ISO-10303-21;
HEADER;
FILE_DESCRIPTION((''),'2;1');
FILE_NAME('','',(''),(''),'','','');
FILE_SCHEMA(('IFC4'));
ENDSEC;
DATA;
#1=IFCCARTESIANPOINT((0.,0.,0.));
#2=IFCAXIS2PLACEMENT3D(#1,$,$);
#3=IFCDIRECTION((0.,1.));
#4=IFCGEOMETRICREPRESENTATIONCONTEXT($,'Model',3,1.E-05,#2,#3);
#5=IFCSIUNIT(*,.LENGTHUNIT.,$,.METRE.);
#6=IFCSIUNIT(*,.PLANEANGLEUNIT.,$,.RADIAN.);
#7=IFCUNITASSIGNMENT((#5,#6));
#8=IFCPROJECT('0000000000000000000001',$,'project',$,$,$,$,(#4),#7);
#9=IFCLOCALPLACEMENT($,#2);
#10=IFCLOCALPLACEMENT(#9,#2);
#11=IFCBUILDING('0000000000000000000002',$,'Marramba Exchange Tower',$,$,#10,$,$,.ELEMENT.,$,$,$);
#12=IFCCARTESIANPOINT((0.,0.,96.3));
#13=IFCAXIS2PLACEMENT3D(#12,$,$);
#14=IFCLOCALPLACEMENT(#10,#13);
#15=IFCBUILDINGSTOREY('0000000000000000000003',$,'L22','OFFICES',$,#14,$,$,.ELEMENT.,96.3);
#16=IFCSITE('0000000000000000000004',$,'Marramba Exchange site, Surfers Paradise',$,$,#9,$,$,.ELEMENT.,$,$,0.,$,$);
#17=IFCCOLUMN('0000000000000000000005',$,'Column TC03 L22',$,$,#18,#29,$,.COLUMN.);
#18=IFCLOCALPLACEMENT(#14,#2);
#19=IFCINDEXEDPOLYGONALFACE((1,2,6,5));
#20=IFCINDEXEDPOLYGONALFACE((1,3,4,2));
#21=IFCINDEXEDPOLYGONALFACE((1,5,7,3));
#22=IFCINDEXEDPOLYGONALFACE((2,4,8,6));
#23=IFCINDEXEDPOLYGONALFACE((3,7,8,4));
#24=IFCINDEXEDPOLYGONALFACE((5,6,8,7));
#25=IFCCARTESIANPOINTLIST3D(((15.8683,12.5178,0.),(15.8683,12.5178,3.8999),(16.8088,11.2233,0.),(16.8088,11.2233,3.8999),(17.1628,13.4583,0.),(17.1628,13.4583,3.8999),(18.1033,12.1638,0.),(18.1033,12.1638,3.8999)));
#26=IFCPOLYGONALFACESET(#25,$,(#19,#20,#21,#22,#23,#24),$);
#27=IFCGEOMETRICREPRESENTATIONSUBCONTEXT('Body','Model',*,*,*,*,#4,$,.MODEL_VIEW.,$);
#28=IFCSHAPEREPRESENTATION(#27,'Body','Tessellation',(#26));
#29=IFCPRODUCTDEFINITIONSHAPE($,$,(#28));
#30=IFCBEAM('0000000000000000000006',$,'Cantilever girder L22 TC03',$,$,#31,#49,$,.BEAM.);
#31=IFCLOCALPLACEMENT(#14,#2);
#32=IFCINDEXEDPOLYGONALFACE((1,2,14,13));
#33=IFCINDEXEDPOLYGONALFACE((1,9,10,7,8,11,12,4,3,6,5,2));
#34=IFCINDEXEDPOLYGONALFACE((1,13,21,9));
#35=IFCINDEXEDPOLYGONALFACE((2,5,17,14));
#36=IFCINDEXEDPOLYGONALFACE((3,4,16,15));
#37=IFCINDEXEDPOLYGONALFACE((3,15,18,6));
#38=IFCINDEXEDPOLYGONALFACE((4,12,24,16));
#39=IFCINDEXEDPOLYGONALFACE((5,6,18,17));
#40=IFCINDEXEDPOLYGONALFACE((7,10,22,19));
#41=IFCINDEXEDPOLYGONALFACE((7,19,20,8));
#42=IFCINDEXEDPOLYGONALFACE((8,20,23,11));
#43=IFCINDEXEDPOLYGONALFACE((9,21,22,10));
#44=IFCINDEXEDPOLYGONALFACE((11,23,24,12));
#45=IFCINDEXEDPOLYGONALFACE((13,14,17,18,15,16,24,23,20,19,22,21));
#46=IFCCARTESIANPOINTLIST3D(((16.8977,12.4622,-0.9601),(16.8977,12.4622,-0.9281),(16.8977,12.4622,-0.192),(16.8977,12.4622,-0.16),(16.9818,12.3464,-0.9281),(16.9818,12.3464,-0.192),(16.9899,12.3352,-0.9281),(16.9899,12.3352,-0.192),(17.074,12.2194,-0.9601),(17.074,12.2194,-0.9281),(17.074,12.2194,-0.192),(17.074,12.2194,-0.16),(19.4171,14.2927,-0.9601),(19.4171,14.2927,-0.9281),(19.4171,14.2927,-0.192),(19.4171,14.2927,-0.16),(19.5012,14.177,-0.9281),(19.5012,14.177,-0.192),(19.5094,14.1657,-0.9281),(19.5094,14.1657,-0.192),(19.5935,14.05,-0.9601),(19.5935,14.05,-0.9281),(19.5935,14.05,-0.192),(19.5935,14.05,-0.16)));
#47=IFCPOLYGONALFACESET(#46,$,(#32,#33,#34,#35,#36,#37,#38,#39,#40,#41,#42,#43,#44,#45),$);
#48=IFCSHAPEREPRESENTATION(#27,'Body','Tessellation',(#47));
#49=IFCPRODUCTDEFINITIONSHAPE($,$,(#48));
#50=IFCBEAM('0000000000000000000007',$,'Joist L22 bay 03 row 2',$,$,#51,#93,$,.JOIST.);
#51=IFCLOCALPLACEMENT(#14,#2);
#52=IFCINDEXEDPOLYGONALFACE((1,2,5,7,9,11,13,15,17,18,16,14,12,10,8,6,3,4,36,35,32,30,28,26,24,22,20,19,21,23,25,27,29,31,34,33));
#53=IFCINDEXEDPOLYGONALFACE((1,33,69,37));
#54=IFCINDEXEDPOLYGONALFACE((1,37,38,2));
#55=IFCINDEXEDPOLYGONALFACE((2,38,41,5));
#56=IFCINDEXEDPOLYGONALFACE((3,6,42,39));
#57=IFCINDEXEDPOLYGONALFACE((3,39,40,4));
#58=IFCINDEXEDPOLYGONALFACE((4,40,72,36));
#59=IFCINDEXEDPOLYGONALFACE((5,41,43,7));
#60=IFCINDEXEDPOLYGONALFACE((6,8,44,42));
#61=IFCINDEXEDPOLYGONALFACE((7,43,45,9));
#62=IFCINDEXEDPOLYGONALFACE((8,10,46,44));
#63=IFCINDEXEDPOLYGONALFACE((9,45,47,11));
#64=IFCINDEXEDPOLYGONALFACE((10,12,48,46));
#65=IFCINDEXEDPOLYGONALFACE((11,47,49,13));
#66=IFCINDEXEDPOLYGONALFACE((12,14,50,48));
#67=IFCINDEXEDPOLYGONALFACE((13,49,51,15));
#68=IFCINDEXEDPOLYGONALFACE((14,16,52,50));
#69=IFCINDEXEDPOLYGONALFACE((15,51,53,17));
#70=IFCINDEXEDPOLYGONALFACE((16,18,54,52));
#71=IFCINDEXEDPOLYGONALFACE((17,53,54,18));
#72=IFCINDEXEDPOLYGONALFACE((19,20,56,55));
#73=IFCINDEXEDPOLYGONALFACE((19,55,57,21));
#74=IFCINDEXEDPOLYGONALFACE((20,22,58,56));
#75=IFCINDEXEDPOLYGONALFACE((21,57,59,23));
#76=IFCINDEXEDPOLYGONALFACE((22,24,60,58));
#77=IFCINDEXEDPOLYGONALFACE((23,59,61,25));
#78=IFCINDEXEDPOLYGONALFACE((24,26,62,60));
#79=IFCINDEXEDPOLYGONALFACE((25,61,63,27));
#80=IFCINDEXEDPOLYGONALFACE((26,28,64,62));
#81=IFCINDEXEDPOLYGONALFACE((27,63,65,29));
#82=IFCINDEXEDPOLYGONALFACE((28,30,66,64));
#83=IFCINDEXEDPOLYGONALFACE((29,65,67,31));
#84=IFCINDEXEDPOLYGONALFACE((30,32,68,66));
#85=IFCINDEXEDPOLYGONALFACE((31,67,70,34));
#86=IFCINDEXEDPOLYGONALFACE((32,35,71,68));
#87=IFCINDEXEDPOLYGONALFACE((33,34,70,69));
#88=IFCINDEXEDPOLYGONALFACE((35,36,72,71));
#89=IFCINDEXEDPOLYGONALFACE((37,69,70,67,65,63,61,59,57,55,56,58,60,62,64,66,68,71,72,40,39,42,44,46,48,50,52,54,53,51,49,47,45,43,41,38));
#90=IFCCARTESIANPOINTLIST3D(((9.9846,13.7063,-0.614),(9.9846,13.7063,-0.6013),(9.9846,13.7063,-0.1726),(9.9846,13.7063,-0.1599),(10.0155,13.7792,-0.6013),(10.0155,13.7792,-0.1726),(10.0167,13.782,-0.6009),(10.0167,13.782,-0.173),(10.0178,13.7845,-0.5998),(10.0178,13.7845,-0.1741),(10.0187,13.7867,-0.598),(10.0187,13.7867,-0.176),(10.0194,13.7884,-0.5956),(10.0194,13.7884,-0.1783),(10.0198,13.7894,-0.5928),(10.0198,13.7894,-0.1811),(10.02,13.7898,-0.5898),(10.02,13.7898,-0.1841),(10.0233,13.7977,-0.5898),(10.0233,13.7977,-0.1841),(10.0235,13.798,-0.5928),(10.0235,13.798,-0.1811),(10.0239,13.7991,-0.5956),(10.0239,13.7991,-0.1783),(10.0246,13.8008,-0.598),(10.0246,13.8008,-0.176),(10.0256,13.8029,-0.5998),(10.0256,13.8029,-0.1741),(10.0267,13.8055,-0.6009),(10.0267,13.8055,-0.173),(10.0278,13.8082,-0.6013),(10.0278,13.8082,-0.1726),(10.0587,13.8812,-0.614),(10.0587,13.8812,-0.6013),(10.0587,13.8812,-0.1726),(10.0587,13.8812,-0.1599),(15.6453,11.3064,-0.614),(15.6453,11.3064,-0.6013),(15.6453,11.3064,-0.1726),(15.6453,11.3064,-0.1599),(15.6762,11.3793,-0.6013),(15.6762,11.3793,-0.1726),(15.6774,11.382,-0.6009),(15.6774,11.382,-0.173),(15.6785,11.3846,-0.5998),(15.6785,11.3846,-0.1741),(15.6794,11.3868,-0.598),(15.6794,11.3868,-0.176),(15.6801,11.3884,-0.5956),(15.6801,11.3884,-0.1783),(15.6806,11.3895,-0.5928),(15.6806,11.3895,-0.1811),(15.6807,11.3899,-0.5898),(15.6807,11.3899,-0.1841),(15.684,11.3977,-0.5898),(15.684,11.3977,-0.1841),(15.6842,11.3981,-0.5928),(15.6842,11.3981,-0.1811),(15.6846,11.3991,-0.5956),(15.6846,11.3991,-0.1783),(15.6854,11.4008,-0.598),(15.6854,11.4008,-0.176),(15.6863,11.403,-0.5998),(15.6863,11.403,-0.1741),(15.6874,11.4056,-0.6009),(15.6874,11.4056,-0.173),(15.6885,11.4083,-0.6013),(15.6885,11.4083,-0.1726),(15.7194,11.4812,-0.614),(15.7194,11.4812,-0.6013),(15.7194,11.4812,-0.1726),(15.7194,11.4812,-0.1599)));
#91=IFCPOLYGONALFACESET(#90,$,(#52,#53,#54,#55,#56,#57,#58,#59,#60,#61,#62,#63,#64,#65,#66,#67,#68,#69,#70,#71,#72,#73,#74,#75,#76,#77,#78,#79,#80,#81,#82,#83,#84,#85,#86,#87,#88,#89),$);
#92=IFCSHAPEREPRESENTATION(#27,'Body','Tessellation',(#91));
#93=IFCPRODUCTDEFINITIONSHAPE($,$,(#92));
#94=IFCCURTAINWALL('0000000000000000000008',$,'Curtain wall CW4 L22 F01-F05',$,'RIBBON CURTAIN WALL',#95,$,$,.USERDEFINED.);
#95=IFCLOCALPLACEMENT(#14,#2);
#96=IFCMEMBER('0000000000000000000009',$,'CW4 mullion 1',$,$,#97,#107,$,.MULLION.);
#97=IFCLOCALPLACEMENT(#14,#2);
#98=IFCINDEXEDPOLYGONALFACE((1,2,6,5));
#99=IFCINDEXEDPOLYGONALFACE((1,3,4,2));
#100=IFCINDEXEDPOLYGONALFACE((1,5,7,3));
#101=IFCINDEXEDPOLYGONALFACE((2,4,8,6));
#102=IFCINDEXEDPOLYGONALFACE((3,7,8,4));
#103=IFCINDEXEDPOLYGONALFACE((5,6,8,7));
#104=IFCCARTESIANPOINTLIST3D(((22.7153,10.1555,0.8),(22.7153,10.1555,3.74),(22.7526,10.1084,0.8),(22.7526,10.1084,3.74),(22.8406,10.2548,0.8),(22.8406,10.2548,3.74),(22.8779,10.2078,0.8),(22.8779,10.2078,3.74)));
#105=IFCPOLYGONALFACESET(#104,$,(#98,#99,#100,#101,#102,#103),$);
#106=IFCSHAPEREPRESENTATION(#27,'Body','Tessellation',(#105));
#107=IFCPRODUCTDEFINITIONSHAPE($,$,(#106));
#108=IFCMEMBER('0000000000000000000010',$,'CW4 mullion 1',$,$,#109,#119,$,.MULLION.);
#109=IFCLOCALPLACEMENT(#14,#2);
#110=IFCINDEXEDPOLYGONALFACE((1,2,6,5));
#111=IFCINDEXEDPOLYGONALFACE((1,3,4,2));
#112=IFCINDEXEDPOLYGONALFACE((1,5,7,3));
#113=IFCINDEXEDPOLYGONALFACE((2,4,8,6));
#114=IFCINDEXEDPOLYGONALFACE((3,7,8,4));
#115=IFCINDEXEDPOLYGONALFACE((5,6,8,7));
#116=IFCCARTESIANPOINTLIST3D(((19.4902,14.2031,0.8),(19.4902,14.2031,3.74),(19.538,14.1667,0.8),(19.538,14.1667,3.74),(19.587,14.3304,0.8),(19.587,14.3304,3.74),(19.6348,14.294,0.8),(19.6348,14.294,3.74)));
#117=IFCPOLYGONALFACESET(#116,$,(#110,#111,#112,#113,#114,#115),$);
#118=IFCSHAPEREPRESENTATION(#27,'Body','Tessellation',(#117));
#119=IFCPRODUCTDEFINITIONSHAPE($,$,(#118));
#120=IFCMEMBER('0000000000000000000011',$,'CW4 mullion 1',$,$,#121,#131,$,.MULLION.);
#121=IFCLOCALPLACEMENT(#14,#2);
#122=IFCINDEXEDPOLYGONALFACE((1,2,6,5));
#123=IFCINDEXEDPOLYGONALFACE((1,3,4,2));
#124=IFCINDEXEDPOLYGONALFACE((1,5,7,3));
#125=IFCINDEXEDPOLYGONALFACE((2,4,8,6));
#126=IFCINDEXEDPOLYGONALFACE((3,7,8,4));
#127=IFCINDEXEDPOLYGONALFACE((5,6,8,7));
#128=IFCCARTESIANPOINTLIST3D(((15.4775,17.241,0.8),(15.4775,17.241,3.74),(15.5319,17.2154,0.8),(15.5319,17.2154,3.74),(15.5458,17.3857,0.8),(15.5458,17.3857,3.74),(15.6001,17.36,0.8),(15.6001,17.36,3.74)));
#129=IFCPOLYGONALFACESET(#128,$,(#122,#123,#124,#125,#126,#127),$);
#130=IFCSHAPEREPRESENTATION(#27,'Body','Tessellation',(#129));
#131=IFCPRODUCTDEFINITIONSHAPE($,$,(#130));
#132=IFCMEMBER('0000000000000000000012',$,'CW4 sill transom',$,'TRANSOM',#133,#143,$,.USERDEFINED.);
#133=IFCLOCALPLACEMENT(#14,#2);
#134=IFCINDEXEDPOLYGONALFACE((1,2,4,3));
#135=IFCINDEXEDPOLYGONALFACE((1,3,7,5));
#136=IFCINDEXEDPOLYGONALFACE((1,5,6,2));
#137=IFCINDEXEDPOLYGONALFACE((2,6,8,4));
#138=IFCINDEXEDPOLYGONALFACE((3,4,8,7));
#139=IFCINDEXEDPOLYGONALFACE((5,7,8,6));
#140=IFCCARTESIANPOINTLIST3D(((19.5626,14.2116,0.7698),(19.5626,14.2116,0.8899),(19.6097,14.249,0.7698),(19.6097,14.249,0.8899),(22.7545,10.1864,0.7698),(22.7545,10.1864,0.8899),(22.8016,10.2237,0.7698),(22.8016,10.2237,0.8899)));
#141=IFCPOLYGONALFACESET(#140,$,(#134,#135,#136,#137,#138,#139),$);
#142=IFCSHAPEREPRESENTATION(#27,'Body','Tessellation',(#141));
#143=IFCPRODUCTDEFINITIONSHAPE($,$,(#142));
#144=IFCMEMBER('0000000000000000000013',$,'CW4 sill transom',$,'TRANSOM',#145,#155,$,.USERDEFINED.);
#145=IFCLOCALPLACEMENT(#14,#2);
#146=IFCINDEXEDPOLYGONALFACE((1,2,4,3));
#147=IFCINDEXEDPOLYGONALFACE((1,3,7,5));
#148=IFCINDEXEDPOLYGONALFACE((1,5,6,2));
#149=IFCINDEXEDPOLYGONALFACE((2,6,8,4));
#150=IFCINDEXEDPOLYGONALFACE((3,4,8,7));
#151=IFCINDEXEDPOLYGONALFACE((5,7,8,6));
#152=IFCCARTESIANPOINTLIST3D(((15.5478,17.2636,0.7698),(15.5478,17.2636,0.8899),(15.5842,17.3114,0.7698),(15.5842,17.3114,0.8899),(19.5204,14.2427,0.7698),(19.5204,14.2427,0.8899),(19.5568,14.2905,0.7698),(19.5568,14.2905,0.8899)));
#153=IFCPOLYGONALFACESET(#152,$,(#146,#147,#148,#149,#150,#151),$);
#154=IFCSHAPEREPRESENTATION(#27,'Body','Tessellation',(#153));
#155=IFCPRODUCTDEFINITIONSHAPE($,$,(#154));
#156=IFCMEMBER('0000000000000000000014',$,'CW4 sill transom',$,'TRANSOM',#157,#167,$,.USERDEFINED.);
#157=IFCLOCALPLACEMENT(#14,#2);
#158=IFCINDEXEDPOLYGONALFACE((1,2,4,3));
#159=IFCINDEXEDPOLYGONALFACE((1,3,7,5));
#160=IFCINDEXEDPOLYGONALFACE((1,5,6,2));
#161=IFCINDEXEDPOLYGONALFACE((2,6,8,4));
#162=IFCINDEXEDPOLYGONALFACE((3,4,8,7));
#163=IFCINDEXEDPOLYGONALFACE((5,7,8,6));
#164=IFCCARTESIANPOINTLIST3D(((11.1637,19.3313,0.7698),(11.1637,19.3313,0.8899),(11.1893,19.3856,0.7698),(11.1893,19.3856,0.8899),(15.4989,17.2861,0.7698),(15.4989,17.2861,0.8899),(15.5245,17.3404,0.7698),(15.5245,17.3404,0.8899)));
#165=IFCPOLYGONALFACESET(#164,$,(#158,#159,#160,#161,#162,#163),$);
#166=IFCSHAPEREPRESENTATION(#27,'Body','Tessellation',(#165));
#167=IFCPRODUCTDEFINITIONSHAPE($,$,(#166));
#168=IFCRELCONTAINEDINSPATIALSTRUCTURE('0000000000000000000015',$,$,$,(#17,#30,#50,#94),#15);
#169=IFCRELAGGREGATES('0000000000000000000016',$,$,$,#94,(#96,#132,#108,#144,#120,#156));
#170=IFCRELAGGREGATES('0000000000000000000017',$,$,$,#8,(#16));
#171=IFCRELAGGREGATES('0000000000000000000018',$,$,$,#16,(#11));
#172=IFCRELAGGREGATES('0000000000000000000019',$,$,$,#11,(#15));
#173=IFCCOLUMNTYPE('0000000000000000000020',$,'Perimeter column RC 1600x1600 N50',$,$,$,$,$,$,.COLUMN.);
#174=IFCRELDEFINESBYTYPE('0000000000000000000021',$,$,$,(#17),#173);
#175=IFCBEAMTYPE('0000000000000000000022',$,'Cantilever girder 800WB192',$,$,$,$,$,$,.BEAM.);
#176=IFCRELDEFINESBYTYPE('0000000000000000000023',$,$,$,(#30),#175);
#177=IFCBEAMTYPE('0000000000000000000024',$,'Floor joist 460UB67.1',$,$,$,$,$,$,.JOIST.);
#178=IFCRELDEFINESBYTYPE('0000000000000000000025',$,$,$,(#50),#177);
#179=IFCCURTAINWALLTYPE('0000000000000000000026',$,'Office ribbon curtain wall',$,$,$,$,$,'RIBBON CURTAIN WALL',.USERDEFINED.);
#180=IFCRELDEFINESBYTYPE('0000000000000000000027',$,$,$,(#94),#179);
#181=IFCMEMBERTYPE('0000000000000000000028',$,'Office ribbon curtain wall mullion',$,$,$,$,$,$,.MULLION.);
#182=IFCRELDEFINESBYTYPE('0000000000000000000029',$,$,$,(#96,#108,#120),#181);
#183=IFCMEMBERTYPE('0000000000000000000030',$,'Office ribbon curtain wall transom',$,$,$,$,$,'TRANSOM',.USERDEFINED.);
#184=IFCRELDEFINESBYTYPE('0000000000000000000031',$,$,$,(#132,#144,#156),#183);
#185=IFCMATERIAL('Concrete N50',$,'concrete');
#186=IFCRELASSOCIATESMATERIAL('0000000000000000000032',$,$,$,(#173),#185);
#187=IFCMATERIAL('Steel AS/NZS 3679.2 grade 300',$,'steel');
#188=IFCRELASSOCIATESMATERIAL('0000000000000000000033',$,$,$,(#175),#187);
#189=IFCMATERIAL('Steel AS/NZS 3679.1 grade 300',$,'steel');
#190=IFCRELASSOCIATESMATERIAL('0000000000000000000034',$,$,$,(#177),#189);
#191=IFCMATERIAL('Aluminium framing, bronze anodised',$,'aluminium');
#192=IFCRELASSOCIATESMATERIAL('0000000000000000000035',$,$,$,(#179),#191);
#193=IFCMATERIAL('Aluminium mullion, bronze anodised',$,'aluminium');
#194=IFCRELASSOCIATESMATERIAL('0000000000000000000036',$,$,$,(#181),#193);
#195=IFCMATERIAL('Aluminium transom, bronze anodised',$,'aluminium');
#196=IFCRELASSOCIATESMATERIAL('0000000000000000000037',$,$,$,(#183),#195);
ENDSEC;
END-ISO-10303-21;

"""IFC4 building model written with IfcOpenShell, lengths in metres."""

from ifc_helpers import new_model, si_unit, direction, frame, origin, origin_2d, place, context, subcontext, project, spatial, rectangle, i_section, extrude, material, material_profile, profile_set, type_object, element, aggregate, save


model = new_model("IFC4")

# Units and contexts
model_context = context("Model", 3, precision=1e-05, world=origin(), true_north=direction((0.0, 1.0)))
body_context = subcontext(model_context, "Body", "Model", "MODEL_VIEW")
ifc_project = project(units=[si_unit("LENGTHUNIT", "METRE"), si_unit("PLANEANGLEUNIT", "RADIAN")], contexts=[model_context])

# Site, building, storey
site_placement = place(None, origin())
site = spatial("IfcSite", under=ifc_project, at=site_placement, Name="Marramba Exchange site, Surfers Paradise", CompositionType="ELEMENT", RefElevation=0.0)
building_placement = place(site_placement, origin())
building = spatial("IfcBuilding", under=site, at=building_placement, Name="Marramba Exchange Tower", CompositionType="ELEMENT")
storey_placement = place(building_placement, frame((0.0, 0.0, 96.3)))
storey = spatial("IfcBuildingStorey", under=building, at=storey_placement, Name="L22", Description="OFFICES", CompositionType="ELEMENT", Elevation=96.3)

# Column
ifc_material_1 = material(Name="Concrete N50", Category="concrete")
ifc_material_profile_1 = material_profile(ifc_material_1, rectangle(XDim=1.6001, YDim=1.6001, at=origin_2d()), Name="RC 1600x1600")
ifc_profile_set_1 = profile_set([ifc_material_profile_1], Name="Concrete N50")
column_type = type_object("IfcColumnType", Name="Perimeter column RC 1600x1600 N50", PredefinedType="COLUMN", material=ifc_profile_set_1)
column_placement = place(storey_placement, frame((16.9858, 12.3408, 0.0), z_axis=(0.0, 0.0, 1.0), x_axis=(0.809017, 0.587785, 0.0)))
element("IfcColumn", 1, at=column_placement, inside=storey, type_object=column_type, Name="Column TC03 L22", PredefinedType="COLUMN", context=body_context, shape_type="SweptSolid", body=[
    extrude(rectangle(XDim=1.6001, YDim=1.6001, at=origin_2d()), origin(), (0.0, 0.0, 1.0), 3.8999),
])

# Beams
ifc_material_2 = material(Name="Steel AS/NZS 3679.2 grade 300", Category="steel")
ifc_material_profile_2 = material_profile(ifc_material_2, i_section(OverallWidth=0.3, OverallDepth=0.8, WebThickness=0.0139, FlangeThickness=0.032, at=origin_2d()), Name="800WB192")
ifc_profile_set_2 = profile_set([ifc_material_profile_2], Name="Steel AS/NZS 3679.2 grade 300")
beam_type_1 = type_object("IfcBeamType", Name="Cantilever girder 800WB192", PredefinedType="BEAM", material=ifc_profile_set_2)
beam_1_placement = place(storey_placement, frame((16.9858, 12.3408, -0.5601), z_axis=(0.809014, 0.587789, 0.0), x_axis=(-0.587789, 0.809014, 0.0)))
element("IfcBeam", 2, at=beam_1_placement, inside=storey, type_object=beam_type_1, Name="Cantilever girder L22 TC03", PredefinedType="BEAM", context=body_context, shape_type="SweptSolid", body=[
    extrude(i_section(OverallWidth=0.3, OverallDepth=0.8, WebThickness=0.0139, FlangeThickness=0.032, at=origin_2d()), origin(), (0.0, 0.0, 1.0), 3.1143),
])
ifc_material_3 = material(Name="Steel AS/NZS 3679.1 grade 300", Category="steel")
ifc_material_profile_3 = material_profile(ifc_material_3, i_section(OverallWidth=0.1899, OverallDepth=0.4541, WebThickness=0.0085, FlangeThickness=0.0127, FilletRadius=0.0115, at=origin_2d()), Name="460UB67.1")
ifc_profile_set_3 = profile_set([ifc_material_profile_3], Name="Steel AS/NZS 3679.1 grade 300")
beam_type_2 = type_object("IfcBeamType", Name="Floor joist 460UB67.1", PredefinedType="JOIST", material=ifc_profile_set_3)
beam_2_placement = place(storey_placement, frame((15.6824, 11.3938, -0.387), z_axis=(-0.920674, 0.390332, 0.0), x_axis=(-0.390332, -0.920674, 0.0)))
element("IfcBeam", 3, at=beam_2_placement, inside=storey, type_object=beam_type_2, Name="Joist L22 bay 03 row 2", PredefinedType="JOIST", context=body_context, shape_type="SweptSolid", body=[
    extrude(i_section(OverallWidth=0.1899, OverallDepth=0.4541, WebThickness=0.0085, FlangeThickness=0.0127, FilletRadius=0.0115, at=origin_2d()), origin(), (0.0, 0.0, 1.0), 6.1484),
])

# Curtain wall, members
ifc_material_4 = material(Name="Aluminium framing, bronze anodised", Category="aluminium")
curtain_wall_type = type_object("IfcCurtainWallType", Name="Office ribbon curtain wall", ElementType="RIBBON CURTAIN WALL", PredefinedType="USERDEFINED", material=ifc_material_4)
curtain_wall_placement = place(storey_placement, origin())
curtain_wall = element("IfcCurtainWall", 4, at=curtain_wall_placement, inside=storey, type_object=curtain_wall_type, Name="Curtain wall CW4 L22 F01-F05", ObjectType="RIBBON CURTAIN WALL", PredefinedType="USERDEFINED")
ifc_material_5 = material(Name="Aluminium mullion, bronze anodised", Category="aluminium")
ifc_material_profile_4 = material_profile(ifc_material_5, rectangle(XDim=0.1599, YDim=0.0601, at=origin_2d()), Name="CW4 mullion 60x160")
ifc_profile_set_4 = profile_set([ifc_material_profile_4], Name="Aluminium mullion, bronze anodised")
member_type_1 = type_object("IfcMemberType", Name="Office ribbon curtain wall mullion", PredefinedType="MULLION", material=ifc_profile_set_4)
member_1_placement = place(storey_placement, frame((22.7966, 10.1816, 0.8), z_axis=(0.0, 0.0, 1.0), x_axis=(-0.783563, -0.621312, 0.0)))
member_1 = element("IfcMember", 5, at=member_1_placement, type_object=member_type_1, Name="CW4 mullion 1", PredefinedType="MULLION", context=body_context, shape_type="SweptSolid", body=[
    extrude(rectangle(XDim=0.1599, YDim=0.0601, at=origin_2d()), origin(), (0.0, 0.0, 1.0), 2.9399),
])
member_2_placement = place(storey_placement, frame((19.5625, 14.2485, 0.8), z_axis=(0.0, 0.0, 1.0), x_axis=(-0.605334, -0.795972, 0.0)))
member_2 = element("IfcMember", 6, at=member_2_placement, type_object=member_type_1, Name="CW4 mullion 1", PredefinedType="MULLION", context=body_context, shape_type="SweptSolid", body=[
    extrude(rectangle(XDim=0.1599, YDim=0.0601, at=origin_2d()), origin(), (0.0, 0.0, 1.0), 2.9399),
])
member_3_placement = place(storey_placement, frame((15.5388, 17.3005, 0.8), z_axis=(0.0, 0.0, 1.0), x_axis=(-0.426679, -0.904403, 0.0)))
member_3 = element("IfcMember", 7, at=member_3_placement, type_object=member_type_1, Name="CW4 mullion 1", PredefinedType="MULLION", context=body_context, shape_type="SweptSolid", body=[
    extrude(rectangle(XDim=0.1599, YDim=0.0601, at=origin_2d()), origin(), (0.0, 0.0, 1.0), 2.9399),
])
ifc_material_6 = material(Name="Aluminium transom, bronze anodised", Category="aluminium")
ifc_material_profile_5 = material_profile(ifc_material_6, rectangle(XDim=0.0601, YDim=0.1201, at=origin_2d()), Name="CW4 transom 60x120")
ifc_profile_set_5 = profile_set([ifc_material_profile_5], Name="Aluminium transom, bronze anodised")
member_type_2 = type_object("IfcMemberType", Name="Office ribbon curtain wall transom", ElementType="TRANSOM", PredefinedType="USERDEFINED", material=ifc_profile_set_5)
member_4_placement = place(storey_placement, frame((22.7781, 10.2051, 0.8298), z_axis=(-0.621339, 0.783542, 0.0), x_axis=(-0.783542, -0.621339, 0.0)))
member_4 = element("IfcMember", 8, at=member_4_placement, type_object=member_type_2, Name="CW4 sill transom", ObjectType="TRANSOM", PredefinedType="USERDEFINED", context=body_context, shape_type="SweptSolid", body=[
    extrude(rectangle(XDim=0.0601, YDim=0.1201, at=origin_2d()), origin(), (0.0, 0.0, 1.0), 5.1372),
])
member_5_placement = place(storey_placement, frame((19.5386, 14.2666, 0.8298), z_axis=(-0.795991, 0.605309, 0.0), x_axis=(-0.605309, -0.795991, 0.0)))
member_5 = element("IfcMember", 9, at=member_5_placement, type_object=member_type_2, Name="CW4 sill transom", ObjectType="TRANSOM", PredefinedType="USERDEFINED", context=body_context, shape_type="SweptSolid", body=[
    extrude(rectangle(XDim=0.0601, YDim=0.1201, at=origin_2d()), origin(), (0.0, 0.0, 1.0), 4.9907),
])
member_6_placement = place(storey_placement, frame((15.5117, 17.3132, 0.8298), z_axis=(-0.904411, 0.426663, 0.0), x_axis=(-0.426663, -0.904411, 0.0)))
member_6 = element("IfcMember", 10, at=member_6_placement, type_object=member_type_2, Name="CW4 sill transom", ObjectType="TRANSOM", PredefinedType="USERDEFINED", context=body_context, shape_type="SweptSolid", body=[
    extrude(rectangle(XDim=0.0601, YDim=0.1201, at=origin_2d()), origin(), (0.0, 0.0, 1.0), 4.7935),
])

aggregate(curtain_wall, [member_1, member_4, member_2, member_5, member_3, member_6])

save(model, "model.ifc")
